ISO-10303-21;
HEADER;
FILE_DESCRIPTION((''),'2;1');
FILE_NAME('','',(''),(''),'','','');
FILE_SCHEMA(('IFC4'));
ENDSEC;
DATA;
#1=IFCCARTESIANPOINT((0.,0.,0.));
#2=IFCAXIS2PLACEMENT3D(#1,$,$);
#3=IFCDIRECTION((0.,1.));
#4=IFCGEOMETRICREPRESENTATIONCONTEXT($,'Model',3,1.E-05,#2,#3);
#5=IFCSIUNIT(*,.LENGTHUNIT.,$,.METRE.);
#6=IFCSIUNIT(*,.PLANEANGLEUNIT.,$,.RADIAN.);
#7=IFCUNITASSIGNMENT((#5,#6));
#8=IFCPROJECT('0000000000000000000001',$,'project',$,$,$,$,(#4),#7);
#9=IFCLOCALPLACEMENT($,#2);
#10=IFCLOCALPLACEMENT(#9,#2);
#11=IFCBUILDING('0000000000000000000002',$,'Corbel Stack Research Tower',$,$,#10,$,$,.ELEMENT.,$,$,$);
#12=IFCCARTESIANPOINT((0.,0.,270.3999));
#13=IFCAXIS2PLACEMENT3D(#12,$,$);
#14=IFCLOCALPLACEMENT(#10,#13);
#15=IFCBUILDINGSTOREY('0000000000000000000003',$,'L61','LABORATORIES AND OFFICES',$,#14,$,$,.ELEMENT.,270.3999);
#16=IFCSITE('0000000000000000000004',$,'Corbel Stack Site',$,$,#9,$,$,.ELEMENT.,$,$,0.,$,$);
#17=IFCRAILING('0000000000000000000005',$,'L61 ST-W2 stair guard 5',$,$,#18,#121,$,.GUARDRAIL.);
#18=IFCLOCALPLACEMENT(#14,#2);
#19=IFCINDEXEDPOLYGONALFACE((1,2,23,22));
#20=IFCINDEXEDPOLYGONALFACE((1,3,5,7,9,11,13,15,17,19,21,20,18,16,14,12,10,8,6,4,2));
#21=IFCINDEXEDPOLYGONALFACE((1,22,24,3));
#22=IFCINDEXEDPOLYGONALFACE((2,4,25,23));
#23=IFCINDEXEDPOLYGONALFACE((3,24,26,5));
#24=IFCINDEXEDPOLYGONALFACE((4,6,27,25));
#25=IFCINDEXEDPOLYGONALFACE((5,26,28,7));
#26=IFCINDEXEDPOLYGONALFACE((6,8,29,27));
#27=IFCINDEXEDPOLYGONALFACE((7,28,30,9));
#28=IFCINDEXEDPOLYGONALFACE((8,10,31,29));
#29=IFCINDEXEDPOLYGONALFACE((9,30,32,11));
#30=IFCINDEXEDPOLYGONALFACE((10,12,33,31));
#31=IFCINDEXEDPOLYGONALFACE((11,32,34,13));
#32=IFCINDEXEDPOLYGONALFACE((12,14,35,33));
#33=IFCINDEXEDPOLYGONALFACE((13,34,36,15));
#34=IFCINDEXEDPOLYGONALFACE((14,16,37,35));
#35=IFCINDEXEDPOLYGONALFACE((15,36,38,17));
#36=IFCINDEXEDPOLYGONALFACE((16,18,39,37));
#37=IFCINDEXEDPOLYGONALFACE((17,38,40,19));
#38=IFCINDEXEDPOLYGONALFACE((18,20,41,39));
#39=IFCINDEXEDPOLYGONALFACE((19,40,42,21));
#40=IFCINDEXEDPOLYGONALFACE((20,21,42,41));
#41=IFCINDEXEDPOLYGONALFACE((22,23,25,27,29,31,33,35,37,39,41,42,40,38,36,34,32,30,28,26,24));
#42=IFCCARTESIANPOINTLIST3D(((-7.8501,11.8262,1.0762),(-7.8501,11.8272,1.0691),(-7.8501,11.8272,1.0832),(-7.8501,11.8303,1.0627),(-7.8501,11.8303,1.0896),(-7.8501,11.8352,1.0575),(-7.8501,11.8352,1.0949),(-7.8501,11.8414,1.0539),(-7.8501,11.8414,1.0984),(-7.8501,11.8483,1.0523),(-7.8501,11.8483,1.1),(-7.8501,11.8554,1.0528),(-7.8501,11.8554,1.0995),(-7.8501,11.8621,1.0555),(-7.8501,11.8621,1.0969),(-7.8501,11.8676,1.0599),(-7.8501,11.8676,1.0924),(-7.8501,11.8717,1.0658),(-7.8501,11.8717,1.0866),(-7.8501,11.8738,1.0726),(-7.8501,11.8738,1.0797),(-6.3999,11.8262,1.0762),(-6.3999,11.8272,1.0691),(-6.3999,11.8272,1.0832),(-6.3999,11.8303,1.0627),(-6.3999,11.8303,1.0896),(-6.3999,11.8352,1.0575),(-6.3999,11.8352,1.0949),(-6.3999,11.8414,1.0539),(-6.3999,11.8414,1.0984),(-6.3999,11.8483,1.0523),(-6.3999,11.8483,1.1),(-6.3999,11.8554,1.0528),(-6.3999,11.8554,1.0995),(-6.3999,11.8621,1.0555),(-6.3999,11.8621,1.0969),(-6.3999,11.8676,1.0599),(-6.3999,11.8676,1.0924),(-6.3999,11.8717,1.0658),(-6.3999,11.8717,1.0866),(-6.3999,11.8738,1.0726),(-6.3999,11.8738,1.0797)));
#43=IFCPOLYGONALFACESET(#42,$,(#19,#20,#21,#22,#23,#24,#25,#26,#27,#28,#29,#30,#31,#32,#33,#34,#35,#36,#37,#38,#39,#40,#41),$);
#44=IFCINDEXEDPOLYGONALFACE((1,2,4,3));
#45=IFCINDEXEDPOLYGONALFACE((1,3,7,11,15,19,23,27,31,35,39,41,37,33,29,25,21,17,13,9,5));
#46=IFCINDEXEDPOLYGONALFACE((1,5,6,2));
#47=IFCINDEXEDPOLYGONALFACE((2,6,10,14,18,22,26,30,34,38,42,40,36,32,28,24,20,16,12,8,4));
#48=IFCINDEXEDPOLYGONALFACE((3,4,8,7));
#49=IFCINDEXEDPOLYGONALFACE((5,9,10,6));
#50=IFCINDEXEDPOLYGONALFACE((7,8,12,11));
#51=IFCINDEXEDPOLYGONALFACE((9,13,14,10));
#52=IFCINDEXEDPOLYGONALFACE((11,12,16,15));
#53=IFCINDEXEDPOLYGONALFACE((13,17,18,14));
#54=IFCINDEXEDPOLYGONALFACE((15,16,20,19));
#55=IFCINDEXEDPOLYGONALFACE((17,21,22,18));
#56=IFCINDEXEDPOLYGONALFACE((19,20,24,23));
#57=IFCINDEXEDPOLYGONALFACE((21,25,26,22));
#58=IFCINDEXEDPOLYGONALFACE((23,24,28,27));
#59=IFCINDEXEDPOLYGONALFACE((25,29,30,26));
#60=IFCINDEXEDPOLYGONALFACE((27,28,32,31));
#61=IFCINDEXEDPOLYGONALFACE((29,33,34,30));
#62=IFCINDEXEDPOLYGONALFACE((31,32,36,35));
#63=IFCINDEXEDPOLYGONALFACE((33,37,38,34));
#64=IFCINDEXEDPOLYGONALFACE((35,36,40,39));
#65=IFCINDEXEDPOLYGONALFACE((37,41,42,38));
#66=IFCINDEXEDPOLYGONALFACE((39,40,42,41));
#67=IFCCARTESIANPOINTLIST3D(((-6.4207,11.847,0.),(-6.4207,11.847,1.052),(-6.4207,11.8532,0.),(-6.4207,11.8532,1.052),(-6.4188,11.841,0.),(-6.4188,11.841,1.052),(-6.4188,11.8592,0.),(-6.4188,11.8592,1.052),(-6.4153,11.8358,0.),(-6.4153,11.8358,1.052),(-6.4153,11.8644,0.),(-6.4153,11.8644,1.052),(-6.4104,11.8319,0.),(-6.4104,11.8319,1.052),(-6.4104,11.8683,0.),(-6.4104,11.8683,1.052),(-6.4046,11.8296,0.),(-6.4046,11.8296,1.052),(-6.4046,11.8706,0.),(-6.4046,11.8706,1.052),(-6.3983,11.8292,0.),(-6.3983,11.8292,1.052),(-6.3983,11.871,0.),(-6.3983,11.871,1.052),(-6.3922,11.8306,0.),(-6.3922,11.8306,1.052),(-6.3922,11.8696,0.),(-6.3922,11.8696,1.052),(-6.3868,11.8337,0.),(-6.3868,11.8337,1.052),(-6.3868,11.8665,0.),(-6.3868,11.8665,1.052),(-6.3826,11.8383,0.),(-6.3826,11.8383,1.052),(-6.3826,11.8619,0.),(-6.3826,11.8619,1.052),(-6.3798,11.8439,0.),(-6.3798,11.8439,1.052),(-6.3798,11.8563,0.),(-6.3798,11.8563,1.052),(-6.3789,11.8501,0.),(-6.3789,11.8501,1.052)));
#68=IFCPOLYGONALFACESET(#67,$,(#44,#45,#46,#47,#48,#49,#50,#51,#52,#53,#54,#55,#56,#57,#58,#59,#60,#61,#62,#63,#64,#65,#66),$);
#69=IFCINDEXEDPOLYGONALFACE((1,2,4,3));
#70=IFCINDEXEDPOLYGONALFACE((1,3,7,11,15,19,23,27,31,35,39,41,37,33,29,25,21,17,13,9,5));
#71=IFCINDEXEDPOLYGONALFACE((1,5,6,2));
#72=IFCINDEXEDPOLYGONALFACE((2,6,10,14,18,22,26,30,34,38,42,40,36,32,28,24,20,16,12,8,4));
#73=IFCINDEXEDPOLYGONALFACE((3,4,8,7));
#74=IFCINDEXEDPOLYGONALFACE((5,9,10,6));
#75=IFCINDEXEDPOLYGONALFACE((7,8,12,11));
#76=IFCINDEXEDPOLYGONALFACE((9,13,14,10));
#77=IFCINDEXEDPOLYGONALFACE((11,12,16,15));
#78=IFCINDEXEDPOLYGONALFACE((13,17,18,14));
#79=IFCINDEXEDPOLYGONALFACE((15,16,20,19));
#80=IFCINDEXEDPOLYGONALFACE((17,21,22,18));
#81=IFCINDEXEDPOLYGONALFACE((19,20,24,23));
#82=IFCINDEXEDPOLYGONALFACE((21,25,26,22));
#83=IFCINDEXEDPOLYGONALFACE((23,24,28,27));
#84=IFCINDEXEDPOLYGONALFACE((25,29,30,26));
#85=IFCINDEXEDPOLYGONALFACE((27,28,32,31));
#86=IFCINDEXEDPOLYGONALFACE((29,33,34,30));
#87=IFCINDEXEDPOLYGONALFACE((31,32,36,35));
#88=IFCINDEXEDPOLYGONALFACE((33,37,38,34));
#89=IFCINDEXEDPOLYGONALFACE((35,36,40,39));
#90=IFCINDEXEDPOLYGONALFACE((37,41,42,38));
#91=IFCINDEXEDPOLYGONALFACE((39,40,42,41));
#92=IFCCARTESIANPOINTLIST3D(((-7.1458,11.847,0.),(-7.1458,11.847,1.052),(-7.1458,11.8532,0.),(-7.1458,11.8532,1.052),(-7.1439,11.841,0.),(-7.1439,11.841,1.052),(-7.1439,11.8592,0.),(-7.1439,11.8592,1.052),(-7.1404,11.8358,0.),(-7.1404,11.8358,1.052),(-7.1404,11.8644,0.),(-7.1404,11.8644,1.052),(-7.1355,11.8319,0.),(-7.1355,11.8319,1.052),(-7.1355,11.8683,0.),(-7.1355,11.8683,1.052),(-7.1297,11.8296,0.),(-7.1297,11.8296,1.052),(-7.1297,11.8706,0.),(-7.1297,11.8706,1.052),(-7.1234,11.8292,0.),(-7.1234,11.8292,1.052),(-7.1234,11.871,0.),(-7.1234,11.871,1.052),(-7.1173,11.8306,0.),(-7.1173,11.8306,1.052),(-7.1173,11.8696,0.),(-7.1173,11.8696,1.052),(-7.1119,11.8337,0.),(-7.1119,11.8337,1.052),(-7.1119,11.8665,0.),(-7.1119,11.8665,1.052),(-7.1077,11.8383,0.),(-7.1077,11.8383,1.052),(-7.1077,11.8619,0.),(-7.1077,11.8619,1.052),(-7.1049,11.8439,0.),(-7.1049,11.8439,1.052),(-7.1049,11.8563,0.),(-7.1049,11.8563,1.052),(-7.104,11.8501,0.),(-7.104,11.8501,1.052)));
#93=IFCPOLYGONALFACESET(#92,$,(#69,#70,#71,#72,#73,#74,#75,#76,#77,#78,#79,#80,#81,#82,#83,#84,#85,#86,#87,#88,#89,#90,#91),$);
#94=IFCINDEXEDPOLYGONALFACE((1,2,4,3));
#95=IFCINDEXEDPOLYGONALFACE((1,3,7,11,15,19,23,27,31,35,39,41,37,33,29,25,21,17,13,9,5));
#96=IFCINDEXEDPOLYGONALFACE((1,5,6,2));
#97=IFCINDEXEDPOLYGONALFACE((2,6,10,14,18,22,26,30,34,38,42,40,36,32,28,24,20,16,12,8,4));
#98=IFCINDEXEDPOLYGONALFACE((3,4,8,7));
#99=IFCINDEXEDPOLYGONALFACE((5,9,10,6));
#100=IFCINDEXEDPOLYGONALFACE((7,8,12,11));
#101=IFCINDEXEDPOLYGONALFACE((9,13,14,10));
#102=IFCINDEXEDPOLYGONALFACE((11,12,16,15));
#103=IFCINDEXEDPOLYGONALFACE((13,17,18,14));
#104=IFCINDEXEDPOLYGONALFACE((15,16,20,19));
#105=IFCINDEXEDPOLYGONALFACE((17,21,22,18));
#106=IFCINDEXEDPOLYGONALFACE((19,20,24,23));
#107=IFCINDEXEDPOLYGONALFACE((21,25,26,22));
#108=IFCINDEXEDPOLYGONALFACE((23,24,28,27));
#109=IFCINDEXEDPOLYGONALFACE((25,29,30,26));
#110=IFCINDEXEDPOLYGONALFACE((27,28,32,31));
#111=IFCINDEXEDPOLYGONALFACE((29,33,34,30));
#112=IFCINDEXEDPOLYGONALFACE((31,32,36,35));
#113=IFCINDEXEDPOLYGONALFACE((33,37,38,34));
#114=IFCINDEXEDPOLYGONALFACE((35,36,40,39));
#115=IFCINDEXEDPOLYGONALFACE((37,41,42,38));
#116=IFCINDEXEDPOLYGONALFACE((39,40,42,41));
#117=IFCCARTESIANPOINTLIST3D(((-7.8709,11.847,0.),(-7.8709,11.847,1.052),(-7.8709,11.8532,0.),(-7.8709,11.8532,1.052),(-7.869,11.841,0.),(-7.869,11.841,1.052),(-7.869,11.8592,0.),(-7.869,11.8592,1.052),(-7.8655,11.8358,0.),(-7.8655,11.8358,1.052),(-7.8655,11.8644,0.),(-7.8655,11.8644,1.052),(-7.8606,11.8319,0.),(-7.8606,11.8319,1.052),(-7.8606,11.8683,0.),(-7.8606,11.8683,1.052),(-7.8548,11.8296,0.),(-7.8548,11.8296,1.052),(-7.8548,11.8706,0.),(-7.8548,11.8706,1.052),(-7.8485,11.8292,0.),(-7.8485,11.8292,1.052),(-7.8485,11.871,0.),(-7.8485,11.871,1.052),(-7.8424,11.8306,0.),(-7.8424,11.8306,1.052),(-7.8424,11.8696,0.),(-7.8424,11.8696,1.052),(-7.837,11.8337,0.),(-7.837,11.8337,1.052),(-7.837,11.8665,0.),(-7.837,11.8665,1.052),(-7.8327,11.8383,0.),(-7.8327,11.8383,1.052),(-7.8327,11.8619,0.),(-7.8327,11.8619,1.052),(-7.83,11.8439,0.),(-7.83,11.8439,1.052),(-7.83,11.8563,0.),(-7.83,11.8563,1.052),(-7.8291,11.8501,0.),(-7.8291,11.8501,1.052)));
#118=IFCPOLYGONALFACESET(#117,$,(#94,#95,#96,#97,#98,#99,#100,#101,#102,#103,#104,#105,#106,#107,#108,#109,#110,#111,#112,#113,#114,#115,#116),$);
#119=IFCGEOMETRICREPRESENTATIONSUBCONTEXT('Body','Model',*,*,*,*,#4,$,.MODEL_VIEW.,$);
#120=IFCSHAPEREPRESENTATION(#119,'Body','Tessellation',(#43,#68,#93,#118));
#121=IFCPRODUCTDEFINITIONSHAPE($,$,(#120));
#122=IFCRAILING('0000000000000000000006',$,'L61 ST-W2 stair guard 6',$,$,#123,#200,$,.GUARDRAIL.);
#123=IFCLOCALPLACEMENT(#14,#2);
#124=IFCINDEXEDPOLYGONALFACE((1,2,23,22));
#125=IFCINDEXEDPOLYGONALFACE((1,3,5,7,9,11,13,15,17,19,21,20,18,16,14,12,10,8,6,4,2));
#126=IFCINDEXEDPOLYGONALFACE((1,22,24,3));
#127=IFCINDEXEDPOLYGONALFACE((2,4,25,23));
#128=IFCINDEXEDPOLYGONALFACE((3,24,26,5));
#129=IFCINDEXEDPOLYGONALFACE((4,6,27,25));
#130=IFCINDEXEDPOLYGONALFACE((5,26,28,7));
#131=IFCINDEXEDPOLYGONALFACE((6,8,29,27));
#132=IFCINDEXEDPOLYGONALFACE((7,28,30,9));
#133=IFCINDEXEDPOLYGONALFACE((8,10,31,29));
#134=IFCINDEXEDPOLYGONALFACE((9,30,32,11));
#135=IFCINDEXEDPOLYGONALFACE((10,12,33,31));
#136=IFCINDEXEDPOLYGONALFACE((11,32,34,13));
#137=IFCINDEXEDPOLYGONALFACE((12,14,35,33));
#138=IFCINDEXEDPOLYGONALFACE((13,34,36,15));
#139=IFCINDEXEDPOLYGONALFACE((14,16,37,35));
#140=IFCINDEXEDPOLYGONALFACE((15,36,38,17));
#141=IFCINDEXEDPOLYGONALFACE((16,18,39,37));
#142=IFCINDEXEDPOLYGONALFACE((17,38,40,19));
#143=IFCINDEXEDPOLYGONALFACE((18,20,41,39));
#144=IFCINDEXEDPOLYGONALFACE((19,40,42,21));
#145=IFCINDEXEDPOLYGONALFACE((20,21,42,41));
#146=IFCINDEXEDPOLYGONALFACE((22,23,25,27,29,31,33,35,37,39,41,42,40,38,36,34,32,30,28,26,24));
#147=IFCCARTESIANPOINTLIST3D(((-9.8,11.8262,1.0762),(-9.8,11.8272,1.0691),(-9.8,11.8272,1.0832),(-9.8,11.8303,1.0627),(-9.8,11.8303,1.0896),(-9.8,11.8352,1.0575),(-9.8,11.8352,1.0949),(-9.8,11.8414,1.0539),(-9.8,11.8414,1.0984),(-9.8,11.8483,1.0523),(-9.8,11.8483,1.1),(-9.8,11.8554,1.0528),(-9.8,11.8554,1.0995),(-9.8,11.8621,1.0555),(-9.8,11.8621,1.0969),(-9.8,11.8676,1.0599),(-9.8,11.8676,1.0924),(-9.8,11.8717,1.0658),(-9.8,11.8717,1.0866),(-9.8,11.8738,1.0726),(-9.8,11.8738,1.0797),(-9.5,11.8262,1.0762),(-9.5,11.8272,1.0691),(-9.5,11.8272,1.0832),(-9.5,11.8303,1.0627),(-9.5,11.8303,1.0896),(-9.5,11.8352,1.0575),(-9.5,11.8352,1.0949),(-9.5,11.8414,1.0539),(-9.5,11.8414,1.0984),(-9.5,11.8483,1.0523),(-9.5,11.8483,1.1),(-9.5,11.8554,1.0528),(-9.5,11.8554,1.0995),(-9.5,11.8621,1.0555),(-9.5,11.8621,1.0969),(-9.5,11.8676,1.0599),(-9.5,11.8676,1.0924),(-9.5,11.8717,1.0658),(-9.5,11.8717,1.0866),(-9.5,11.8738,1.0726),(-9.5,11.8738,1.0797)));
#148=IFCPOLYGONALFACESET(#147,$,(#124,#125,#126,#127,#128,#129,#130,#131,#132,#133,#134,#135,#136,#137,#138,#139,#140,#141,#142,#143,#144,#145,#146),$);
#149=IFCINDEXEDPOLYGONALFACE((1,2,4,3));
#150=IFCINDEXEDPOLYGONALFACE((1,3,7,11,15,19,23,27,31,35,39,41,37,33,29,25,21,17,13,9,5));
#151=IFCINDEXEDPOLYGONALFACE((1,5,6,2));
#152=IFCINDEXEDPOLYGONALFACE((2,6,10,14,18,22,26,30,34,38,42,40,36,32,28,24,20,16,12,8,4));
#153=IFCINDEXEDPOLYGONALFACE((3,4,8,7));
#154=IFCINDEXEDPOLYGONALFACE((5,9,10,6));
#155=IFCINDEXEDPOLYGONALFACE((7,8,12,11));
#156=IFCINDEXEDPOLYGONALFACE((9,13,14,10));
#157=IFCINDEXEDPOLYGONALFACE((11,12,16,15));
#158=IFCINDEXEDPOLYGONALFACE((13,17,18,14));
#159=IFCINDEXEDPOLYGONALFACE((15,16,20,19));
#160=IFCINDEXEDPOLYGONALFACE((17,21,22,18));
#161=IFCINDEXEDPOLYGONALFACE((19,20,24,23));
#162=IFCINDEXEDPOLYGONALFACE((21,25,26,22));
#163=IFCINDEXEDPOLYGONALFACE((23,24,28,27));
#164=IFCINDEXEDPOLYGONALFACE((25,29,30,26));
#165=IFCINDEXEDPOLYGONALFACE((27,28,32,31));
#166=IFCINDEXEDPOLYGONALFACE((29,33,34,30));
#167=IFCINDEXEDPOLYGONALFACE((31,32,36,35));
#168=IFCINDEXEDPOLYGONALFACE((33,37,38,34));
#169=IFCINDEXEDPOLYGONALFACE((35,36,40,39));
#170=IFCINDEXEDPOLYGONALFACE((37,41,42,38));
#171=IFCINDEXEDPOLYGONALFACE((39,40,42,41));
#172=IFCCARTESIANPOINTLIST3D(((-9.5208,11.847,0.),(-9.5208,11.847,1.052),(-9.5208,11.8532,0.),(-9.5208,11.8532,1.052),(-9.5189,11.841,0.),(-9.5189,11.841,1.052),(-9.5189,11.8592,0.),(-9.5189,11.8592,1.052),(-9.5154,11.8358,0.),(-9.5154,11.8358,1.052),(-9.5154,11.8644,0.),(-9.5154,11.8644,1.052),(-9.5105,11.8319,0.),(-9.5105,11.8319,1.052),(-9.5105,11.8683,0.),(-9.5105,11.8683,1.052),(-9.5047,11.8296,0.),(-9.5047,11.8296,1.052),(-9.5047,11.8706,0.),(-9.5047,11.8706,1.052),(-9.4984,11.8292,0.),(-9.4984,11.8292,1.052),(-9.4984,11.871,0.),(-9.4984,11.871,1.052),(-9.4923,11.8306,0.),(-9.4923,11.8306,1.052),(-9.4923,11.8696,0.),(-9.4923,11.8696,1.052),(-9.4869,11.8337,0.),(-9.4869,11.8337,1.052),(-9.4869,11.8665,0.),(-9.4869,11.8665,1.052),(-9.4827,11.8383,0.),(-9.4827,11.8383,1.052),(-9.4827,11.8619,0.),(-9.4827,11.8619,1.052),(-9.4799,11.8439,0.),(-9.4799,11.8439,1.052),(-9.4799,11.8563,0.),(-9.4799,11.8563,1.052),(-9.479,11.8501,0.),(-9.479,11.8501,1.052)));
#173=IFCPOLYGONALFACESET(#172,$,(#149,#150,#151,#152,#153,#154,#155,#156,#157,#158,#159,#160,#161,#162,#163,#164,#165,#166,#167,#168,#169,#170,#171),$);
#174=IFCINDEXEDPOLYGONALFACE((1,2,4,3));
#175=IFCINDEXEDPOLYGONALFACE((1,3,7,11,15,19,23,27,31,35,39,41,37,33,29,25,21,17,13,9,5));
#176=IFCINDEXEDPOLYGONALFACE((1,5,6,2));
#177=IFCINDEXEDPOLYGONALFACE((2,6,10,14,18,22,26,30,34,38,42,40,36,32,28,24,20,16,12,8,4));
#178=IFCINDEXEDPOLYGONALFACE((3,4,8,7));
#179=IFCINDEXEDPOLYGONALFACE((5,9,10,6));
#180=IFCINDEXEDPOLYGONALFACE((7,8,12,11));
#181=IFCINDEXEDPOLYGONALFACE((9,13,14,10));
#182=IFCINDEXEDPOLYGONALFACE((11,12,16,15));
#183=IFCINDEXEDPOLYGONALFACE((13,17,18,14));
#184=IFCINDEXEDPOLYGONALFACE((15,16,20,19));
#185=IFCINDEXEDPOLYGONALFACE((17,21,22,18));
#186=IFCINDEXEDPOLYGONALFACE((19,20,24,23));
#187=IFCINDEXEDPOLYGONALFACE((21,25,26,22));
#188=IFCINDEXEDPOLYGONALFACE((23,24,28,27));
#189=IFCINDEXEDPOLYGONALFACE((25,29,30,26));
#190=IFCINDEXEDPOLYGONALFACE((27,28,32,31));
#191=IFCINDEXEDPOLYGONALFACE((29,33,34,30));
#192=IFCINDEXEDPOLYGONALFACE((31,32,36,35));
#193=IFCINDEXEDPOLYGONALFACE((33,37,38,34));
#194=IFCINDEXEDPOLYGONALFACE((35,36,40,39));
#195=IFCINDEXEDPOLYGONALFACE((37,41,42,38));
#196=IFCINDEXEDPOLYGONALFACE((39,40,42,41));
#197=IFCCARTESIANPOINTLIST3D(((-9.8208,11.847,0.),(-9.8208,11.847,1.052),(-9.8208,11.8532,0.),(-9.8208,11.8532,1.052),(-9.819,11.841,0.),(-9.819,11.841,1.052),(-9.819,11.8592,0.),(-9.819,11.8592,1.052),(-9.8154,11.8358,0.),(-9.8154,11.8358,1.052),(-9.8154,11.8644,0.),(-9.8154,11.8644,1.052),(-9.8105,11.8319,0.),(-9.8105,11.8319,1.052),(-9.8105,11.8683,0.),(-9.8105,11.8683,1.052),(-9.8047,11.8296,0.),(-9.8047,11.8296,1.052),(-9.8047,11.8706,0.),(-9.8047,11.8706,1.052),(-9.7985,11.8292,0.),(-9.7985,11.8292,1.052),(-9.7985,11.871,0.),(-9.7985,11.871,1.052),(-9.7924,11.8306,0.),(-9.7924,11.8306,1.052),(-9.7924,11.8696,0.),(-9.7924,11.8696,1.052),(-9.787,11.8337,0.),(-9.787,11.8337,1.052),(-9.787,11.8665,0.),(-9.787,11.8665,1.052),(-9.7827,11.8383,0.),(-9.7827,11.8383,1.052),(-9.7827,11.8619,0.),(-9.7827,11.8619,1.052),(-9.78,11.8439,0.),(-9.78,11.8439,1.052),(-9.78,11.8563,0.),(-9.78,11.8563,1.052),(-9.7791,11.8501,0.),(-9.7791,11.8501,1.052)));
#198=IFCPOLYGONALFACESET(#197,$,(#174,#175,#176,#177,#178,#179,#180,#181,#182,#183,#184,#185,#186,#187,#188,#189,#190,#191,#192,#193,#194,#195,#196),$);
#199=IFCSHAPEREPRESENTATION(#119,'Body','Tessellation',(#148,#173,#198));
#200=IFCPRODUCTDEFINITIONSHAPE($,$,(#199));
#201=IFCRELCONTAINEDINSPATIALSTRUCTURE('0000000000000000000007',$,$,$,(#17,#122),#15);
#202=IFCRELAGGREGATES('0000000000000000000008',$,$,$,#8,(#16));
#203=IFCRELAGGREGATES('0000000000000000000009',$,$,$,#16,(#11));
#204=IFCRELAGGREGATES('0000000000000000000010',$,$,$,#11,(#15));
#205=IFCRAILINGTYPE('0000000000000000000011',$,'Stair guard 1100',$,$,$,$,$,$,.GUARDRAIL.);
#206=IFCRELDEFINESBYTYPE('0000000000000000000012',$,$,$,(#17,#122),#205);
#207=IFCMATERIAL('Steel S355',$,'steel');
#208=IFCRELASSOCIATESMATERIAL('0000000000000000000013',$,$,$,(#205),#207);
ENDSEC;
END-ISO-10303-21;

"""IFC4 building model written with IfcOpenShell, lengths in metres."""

from ifc_helpers import new_model, si_unit, direction, frame, origin, origin_2d, place, context, subcontext, project, spatial, circle, extrude, material, type_object, element, save


model = new_model("IFC4")

# Units and contexts
model_context = context("Model", 3, precision=1e-05, world=origin(), true_north=direction((0.0, 1.0)))
body_context = subcontext(model_context, "Body", "Model", "MODEL_VIEW")
ifc_project = project(units=[si_unit("LENGTHUNIT", "METRE"), si_unit("PLANEANGLEUNIT", "RADIAN")], contexts=[model_context])

# Site, building, storey
site_placement = place(None, origin())
site = spatial("IfcSite", under=ifc_project, at=site_placement, Name="Corbel Stack Site", CompositionType="ELEMENT", RefElevation=0.0)
building_placement = place(site_placement, origin())
building = spatial("IfcBuilding", under=site, at=building_placement, Name="Corbel Stack Research Tower", CompositionType="ELEMENT")
storey_placement = place(building_placement, frame((0.0, 0.0, 270.3999)))
storey = spatial("IfcBuildingStorey", under=building, at=storey_placement, Name="L61", Description="LABORATORIES AND OFFICES", CompositionType="ELEMENT", Elevation=270.3999)

# Railings
ifc_material_1 = material(Name="Steel S355", Category="steel")
railing_type_1 = type_object("IfcRailingType", Name="Stair guard 1100", PredefinedType="GUARDRAIL", material=ifc_material_1)
railing_1_placement = place(storey_placement, frame((-6.3999, 11.8501, 0.0)))
element("IfcRailing", 1, at=railing_1_placement, inside=storey, type_object=railing_type_1, Name="L61 ST-W2 stair guard 5", PredefinedType="GUARDRAIL", context=body_context, shape_type="SweptSolid", body=[
    extrude(circle(Radius=0.0239, at=origin_2d()), frame((0.0, 0.0, 1.0762), z_axis=(-1.0, 0.0, 0.0), x_axis=(0.0, -1.0, 0.0)), (0.0, 0.0, 1.0), 1.4502),
    extrude(circle(Radius=0.021, at=origin_2d()), origin(), (0.0, 0.0, 1.0), 1.052),
    extrude(circle(Radius=0.021, at=origin_2d()), frame((-0.7251, 0.0, 0.0)), (0.0, 0.0, 1.0), 1.052),
    extrude(circle(Radius=0.021, at=origin_2d()), frame((-1.4502, 0.0, 0.0)), (0.0, 0.0, 1.0), 1.052),
])
railing_2_placement = place(storey_placement, frame((-9.5, 11.8501, 0.0)))
element("IfcRailing", 2, at=railing_2_placement, inside=storey, type_object=railing_type_1, Name="L61 ST-W2 stair guard 6", PredefinedType="GUARDRAIL", context=body_context, shape_type="SweptSolid", body=[
    extrude(circle(Radius=0.0239, at=origin_2d()), frame((0.0, 0.0, 1.0762), z_axis=(-1.0, 0.0, 0.0), x_axis=(0.0, -1.0, 0.0)), (0.0, 0.0, 1.0), 0.3),
    extrude(circle(Radius=0.021, at=origin_2d()), origin(), (0.0, 0.0, 1.0), 1.052),
    extrude(circle(Radius=0.021, at=origin_2d()), frame((-0.3, 0.0, 0.0)), (0.0, 0.0, 1.0), 1.052),
])

save(model, "model.ifc")
